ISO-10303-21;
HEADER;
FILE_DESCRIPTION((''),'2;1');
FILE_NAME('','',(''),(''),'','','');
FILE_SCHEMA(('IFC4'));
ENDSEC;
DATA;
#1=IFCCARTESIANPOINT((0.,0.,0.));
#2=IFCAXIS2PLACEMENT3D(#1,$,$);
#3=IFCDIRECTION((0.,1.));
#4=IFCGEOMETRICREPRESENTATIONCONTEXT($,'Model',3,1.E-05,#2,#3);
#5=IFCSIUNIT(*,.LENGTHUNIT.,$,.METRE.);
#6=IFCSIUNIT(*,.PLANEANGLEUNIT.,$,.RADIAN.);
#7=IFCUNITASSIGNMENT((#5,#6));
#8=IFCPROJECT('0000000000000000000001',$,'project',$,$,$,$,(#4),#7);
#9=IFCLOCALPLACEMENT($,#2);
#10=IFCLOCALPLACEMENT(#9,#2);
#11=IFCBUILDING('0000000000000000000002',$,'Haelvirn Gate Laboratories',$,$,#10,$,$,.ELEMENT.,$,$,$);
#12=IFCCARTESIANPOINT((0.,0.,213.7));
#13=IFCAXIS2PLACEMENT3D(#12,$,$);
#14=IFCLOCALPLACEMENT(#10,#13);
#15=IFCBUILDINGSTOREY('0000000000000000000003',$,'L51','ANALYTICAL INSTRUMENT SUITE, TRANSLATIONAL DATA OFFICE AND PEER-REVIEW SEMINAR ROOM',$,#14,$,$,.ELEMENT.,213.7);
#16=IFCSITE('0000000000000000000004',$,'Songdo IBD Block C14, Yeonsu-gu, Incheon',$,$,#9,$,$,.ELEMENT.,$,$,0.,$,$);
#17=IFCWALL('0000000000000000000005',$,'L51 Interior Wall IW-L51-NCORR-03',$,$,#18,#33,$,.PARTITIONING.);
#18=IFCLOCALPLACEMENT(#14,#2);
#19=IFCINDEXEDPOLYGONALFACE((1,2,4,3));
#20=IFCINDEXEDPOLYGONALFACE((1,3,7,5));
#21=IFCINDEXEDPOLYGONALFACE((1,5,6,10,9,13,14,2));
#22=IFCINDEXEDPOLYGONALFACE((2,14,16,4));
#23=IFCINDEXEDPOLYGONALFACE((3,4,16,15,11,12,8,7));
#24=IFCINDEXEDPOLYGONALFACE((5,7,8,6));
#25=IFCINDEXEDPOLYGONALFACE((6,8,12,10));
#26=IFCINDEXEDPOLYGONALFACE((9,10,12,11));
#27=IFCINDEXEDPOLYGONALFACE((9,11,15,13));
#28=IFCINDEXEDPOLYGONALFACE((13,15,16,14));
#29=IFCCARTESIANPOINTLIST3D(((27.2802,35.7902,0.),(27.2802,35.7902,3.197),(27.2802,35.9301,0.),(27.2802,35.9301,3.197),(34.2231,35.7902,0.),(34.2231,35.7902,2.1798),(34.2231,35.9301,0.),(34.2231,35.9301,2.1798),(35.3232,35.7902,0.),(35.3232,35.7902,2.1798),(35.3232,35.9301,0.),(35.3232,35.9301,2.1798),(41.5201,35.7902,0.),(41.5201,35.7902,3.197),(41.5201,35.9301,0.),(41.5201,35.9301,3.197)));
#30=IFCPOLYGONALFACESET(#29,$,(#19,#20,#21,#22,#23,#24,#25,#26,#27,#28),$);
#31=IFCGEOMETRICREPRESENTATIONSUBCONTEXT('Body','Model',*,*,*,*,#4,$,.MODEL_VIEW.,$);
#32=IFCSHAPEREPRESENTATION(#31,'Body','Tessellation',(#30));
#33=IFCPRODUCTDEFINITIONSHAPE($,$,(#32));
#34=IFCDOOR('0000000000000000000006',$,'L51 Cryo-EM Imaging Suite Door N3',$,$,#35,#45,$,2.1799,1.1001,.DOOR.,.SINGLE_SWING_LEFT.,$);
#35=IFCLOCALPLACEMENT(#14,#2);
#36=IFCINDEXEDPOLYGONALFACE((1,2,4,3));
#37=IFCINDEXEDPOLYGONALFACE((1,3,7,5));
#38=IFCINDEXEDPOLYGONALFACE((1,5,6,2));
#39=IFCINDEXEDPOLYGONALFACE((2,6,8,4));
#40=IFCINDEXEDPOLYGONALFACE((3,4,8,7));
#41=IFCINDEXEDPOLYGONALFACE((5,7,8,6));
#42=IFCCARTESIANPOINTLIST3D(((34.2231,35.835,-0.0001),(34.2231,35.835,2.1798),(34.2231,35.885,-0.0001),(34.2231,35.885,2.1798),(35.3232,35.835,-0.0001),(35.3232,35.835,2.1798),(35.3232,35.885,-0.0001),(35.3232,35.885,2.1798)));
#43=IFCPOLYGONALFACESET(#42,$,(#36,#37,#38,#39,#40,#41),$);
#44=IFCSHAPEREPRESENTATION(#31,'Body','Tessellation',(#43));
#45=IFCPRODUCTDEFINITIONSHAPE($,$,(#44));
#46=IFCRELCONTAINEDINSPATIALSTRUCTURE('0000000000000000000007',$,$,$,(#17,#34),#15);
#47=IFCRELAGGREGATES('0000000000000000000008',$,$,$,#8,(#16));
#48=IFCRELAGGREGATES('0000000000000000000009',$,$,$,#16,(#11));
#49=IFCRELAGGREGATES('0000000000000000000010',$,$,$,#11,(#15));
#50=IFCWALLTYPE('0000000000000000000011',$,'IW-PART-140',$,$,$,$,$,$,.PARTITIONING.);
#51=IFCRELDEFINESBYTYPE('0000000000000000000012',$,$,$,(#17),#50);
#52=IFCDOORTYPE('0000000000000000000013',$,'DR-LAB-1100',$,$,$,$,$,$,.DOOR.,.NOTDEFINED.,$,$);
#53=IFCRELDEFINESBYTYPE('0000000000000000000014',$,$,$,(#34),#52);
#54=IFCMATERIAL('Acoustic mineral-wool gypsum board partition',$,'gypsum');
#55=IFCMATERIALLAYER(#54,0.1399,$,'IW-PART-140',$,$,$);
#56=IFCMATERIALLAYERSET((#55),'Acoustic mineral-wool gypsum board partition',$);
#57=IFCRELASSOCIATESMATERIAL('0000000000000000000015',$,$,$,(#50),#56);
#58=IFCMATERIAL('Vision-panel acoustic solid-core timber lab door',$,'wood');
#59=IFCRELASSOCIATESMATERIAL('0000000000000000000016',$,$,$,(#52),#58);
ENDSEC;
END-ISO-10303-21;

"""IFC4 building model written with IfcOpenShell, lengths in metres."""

from ifc_helpers import new_model, si_unit, direction, frame, frame_2d, origin, place, context, subcontext, project, spatial, rectangle, extrude, source, transform, mapped, material, layer, layer_set, type_object, type_shapes, element, fill, save


model = new_model("IFC4")

# Units and contexts
model_context = context("Model", 3, precision=1e-05, world=origin(), true_north=direction((0.0, 1.0)))
body_context = subcontext(model_context, "Body", "Model", "MODEL_VIEW")
ifc_project = project(units=[si_unit("LENGTHUNIT", "METRE"), si_unit("PLANEANGLEUNIT", "RADIAN")], contexts=[model_context])

# Site, building, storey
site_placement = place(None, origin())
site = spatial("IfcSite", under=ifc_project, at=site_placement, Name="Songdo IBD Block C14, Yeonsu-gu, Incheon", CompositionType="ELEMENT", RefElevation=0.0)
building_placement = place(site_placement, origin())
building = spatial("IfcBuilding", under=site, at=building_placement, Name="Haelvirn Gate Laboratories", CompositionType="ELEMENT")
storey_placement = place(building_placement, frame((0.0, 0.0, 213.7)))
storey = spatial("IfcBuildingStorey", under=building, at=storey_placement, Name="L51", Description="ANALYTICAL INSTRUMENT SUITE, TRANSLATIONAL DATA OFFICE AND PEER-REVIEW SEMINAR ROOM", CompositionType="ELEMENT", Elevation=213.7)

# Wall, opening, door
ifc_material_1 = material(Name="Acoustic mineral-wool gypsum board partition", Category="gypsum")
ifc_layer_1 = layer(ifc_material_1, 0.1399, Name="IW-PART-140")
ifc_layer_set_1 = layer_set([ifc_layer_1], Name="Acoustic mineral-wool gypsum board partition")
wall_type_1 = type_object("IfcWallType", Name="IW-PART-140", PredefinedType="PARTITIONING", material=ifc_layer_set_1)
wall_1_placement = place(storey_placement, frame((27.28, 35.8601, 0.0), z_axis=(0.0, 0.0, 1.0), x_axis=(1.0, 0.0, 0.0)))
wall_1 = element("IfcWall", 1, at=wall_1_placement, inside=storey, type_object=wall_type_1, Name="L51 Interior Wall IW-L51-NCORR-03", PredefinedType="PARTITIONING", context=body_context, shape_type="SweptSolid", body=[
    extrude(rectangle(XDim=14.24, YDim=0.1399, at=frame_2d((7.1201, 0.0))), origin(), (0.0, 0.0, 1.0), 3.197),
])
opening_placement = place(wall_1_placement, frame((6.9431, 0.0, 0.0)))
opening = element("IfcOpeningElement", 2, at=opening_placement, cuts=wall_1, PredefinedType="OPENING", context=body_context, shape_type="SweptSolid", body=[
    extrude(rectangle(XDim=1.1001, YDim=2.1799, at=frame_2d((0.55, 1.0898))), frame((0.0, 0.0801, 0.0), z_axis=(0.0, -1.0, 0.0), x_axis=(1.0, 0.0, 0.0)), (0.0, 0.0, 1.0), 0.1599),
])
ifc_material_2 = material(Name="Vision-panel acoustic solid-core timber lab door", Category="wood")
door_type = type_object("IfcDoorType", Name="DR-LAB-1100", OperationType="NOTDEFINED", PredefinedType="DOOR", material=ifc_material_2)
shared_shape_1 = source(origin(), body_context, "Body", "SweptSolid", [
    extrude(rectangle(XDim=1.1001, YDim=2.1799, at=frame_2d((0.55, 1.0898))), frame((0.0, 0.0249, 0.0), z_axis=(0.0, -1.0, 0.0), x_axis=(1.0, 0.0, 0.0)), (0.0, 0.0, 1.0), 0.05),
])
type_shapes(door_type, [shared_shape_1])
door_placement = place(opening_placement, origin())
door = element("IfcDoor", 3, at=door_placement, inside=storey, type_object=door_type, Name="L51 Cryo-EM Imaging Suite Door N3", OperationType="SINGLE_SWING_LEFT", OverallHeight=2.1799, OverallWidth=1.1001, PredefinedType="DOOR", context=body_context, shape_type="MappedRepresentation", body=[
    mapped(shared_shape_1, transform((0.0, 0.0, 0.0), scale=1.0)),
])
fill(opening, door)

save(model, "model.ifc")
